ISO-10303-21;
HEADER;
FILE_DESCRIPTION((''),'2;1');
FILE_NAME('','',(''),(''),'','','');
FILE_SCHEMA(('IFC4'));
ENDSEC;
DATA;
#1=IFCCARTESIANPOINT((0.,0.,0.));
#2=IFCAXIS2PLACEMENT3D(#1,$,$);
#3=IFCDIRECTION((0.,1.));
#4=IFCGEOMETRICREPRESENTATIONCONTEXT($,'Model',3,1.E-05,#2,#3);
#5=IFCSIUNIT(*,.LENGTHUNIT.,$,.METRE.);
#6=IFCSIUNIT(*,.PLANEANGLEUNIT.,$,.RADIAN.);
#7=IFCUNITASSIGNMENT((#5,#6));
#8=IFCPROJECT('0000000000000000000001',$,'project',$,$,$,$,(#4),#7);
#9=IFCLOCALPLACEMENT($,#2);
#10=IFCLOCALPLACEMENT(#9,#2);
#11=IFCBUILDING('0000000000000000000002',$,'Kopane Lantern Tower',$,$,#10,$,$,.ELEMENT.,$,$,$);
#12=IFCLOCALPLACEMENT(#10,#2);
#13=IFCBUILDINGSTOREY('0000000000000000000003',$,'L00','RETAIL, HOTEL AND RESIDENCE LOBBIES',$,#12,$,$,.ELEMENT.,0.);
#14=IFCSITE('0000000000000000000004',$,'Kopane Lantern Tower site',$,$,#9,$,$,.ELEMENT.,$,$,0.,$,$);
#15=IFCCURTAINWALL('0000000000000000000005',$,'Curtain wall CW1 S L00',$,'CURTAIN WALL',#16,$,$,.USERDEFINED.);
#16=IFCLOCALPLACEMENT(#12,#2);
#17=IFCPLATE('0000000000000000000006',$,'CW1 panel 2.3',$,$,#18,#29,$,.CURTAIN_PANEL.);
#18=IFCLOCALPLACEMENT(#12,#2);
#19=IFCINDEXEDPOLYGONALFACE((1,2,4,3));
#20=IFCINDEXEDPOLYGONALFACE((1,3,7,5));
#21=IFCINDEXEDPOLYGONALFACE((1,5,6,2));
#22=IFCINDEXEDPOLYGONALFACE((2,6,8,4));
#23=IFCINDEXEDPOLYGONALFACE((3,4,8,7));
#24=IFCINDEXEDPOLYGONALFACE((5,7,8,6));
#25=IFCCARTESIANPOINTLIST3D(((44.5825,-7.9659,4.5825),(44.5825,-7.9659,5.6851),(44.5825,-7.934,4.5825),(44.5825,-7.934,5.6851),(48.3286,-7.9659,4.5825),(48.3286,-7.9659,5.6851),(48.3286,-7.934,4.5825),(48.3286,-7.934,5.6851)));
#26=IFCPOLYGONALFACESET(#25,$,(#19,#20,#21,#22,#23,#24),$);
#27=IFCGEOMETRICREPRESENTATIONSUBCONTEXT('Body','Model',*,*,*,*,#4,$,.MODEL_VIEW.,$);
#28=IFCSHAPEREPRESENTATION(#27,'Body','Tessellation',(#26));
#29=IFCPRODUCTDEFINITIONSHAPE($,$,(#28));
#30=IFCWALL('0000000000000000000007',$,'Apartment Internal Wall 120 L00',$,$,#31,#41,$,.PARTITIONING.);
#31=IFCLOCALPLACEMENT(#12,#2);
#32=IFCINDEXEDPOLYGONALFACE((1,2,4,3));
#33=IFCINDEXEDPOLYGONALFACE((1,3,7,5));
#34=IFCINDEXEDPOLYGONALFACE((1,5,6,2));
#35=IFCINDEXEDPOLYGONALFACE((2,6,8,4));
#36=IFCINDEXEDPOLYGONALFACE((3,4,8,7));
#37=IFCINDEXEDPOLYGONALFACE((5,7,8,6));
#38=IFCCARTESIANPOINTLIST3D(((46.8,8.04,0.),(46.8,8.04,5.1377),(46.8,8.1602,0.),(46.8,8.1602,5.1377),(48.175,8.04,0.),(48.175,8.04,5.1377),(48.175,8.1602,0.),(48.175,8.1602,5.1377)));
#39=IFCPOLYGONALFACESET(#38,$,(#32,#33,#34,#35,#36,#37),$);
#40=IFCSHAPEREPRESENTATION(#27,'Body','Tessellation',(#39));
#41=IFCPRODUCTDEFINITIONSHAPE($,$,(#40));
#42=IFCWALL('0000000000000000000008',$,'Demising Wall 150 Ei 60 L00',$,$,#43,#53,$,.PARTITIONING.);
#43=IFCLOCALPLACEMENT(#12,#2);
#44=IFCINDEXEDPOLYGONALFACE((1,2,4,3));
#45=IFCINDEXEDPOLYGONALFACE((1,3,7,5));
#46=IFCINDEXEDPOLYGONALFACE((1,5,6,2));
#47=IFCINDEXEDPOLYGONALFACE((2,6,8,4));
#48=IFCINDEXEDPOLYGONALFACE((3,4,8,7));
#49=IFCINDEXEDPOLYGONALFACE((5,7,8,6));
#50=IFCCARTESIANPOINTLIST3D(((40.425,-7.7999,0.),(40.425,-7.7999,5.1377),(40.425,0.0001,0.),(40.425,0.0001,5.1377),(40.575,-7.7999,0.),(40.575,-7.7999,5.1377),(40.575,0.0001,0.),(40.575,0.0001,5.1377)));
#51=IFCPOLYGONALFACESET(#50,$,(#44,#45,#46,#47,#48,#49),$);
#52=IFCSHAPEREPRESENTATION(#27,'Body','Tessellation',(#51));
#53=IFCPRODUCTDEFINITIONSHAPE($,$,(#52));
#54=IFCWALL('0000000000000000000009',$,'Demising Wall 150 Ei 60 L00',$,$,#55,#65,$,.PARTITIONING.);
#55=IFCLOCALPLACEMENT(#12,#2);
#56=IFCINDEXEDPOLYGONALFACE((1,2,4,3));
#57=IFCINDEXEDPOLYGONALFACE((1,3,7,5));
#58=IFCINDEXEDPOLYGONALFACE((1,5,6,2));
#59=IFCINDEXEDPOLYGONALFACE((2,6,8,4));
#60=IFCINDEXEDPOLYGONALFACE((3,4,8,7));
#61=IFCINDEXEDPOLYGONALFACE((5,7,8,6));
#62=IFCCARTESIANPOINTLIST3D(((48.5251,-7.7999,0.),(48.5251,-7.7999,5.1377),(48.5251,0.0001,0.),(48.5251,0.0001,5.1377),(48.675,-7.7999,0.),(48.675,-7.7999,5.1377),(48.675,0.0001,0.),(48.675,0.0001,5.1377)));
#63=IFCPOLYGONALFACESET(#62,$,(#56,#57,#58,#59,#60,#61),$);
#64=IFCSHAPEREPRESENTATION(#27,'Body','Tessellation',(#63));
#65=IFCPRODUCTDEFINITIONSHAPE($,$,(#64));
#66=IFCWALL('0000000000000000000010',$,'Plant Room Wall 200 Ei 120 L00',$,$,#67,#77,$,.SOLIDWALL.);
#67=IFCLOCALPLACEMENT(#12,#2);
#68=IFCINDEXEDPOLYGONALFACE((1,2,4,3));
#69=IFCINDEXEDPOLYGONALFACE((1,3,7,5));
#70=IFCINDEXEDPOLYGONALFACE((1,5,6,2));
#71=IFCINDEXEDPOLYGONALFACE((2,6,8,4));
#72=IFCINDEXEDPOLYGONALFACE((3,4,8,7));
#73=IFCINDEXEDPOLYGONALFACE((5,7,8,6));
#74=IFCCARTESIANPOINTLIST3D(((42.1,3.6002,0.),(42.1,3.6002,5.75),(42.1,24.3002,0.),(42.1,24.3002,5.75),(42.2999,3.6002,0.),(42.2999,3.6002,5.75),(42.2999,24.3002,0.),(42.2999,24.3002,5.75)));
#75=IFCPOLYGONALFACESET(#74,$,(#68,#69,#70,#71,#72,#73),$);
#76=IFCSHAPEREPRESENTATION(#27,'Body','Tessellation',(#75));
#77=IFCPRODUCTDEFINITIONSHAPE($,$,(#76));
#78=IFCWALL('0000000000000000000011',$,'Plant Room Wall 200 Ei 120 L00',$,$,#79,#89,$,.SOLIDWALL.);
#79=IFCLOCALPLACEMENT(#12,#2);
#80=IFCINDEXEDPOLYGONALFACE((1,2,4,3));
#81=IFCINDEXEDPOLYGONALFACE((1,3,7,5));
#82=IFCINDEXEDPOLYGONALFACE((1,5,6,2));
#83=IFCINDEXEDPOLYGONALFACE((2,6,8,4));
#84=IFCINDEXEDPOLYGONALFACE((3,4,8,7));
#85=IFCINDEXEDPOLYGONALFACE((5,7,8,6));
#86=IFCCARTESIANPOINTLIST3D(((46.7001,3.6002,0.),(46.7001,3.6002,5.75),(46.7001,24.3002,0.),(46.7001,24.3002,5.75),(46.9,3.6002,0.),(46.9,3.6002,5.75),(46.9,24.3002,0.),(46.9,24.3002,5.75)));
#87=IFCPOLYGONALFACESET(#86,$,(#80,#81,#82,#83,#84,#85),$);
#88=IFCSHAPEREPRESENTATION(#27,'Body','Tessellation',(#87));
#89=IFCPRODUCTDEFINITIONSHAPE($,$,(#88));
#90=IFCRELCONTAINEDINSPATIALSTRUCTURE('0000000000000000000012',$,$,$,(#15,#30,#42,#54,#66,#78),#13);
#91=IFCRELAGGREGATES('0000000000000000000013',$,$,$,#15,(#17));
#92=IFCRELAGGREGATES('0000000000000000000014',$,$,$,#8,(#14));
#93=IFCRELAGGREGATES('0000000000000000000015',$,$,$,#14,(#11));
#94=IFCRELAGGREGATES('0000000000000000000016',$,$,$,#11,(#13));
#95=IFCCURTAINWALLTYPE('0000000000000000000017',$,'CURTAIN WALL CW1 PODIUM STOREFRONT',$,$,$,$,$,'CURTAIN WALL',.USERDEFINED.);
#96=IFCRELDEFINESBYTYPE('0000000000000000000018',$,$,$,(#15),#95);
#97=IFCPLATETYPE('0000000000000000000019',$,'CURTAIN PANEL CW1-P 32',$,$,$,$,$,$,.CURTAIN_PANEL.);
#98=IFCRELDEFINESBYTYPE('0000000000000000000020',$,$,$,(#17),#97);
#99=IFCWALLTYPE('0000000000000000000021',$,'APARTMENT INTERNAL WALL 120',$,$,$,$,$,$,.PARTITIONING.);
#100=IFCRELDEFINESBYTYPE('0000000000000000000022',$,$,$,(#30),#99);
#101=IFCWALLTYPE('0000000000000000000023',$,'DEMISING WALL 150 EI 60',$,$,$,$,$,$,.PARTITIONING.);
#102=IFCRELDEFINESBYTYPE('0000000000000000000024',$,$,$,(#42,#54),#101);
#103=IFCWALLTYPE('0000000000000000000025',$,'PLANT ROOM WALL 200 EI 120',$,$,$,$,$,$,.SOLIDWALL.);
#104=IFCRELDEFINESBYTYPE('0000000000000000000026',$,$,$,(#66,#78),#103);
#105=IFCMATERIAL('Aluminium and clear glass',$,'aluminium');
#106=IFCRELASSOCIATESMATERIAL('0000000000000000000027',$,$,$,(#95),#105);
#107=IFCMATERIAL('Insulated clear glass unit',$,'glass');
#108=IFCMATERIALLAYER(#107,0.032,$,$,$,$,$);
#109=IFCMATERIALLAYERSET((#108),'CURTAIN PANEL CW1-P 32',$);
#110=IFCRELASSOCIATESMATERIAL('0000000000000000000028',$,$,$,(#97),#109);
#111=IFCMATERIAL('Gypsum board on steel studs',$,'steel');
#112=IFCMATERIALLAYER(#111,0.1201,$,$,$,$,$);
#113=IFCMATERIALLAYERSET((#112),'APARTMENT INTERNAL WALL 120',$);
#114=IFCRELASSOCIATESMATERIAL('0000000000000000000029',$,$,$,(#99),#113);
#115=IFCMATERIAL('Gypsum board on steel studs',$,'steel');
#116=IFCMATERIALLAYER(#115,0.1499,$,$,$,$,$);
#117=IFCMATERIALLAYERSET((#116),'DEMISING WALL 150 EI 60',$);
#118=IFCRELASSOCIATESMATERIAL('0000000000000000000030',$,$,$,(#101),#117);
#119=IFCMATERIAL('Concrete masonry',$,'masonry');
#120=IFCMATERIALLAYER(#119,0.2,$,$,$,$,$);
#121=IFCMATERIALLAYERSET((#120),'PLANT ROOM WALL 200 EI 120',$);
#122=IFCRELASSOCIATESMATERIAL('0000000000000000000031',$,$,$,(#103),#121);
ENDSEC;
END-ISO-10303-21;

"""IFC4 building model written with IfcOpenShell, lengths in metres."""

from ifc_helpers import new_model, si_unit, direction, frame, frame_2d, origin, origin_2d, place, context, subcontext, project, spatial, rectangle, extrude, material, layer, layer_set, type_object, element, aggregate, save


model = new_model("IFC4")

# Units and contexts
model_context = context("Model", 3, precision=1e-05, world=origin(), true_north=direction((0.0, 1.0)))
body_context = subcontext(model_context, "Body", "Model", "MODEL_VIEW")
ifc_project = project(units=[si_unit("LENGTHUNIT", "METRE"), si_unit("PLANEANGLEUNIT", "RADIAN")], contexts=[model_context])

# Site, building, storey
site_placement = place(None, origin())
site = spatial("IfcSite", under=ifc_project, at=site_placement, Name="Kopane Lantern Tower site", CompositionType="ELEMENT", RefElevation=0.0)
building_placement = place(site_placement, origin())
building = spatial("IfcBuilding", under=site, at=building_placement, Name="Kopane Lantern Tower", CompositionType="ELEMENT")
storey_placement = place(building_placement, origin())
storey = spatial("IfcBuildingStorey", under=building, at=storey_placement, Name="L00", Description="RETAIL, HOTEL AND RESIDENCE LOBBIES", CompositionType="ELEMENT", Elevation=0.0)

# Curtain wall
ifc_material_1 = material(Name="Aluminium and clear glass", Category="aluminium")
curtain_wall_type = type_object("IfcCurtainWallType", Name="CURTAIN WALL CW1 PODIUM STOREFRONT", ElementType="CURTAIN WALL", PredefinedType="USERDEFINED", material=ifc_material_1)
curtain_wall_1_placement = place(storey_placement, origin())
curtain_wall_1 = element("IfcCurtainWall", 1, at=curtain_wall_1_placement, inside=storey, type_object=curtain_wall_type, Name="Curtain wall CW1 S L00", ObjectType="CURTAIN WALL", PredefinedType="USERDEFINED")

# Plate
ifc_material_2 = material(Name="Insulated clear glass unit", Category="glass")
ifc_layer_1 = layer(ifc_material_2, 0.032)
ifc_layer_set_1 = layer_set([ifc_layer_1], Name="CURTAIN PANEL CW1-P 32")
plate_type = type_object("IfcPlateType", Name="CURTAIN PANEL CW1-P 32", PredefinedType="CURTAIN_PANEL", material=ifc_layer_set_1)
plate_1_placement = place(storey_placement, frame((46.4556, -7.95, 4.5825), z_axis=(0.0, 0.0, 1.0), x_axis=(1.0, 0.0, 0.0)))
plate_1 = element("IfcPlate", 2, at=plate_1_placement, type_object=plate_type, Name="CW1 panel 2.3", PredefinedType="CURTAIN_PANEL", context=body_context, shape_type="SweptSolid", body=[
    extrude(rectangle(XDim=3.7461, YDim=0.032, at=origin_2d()), origin(), (0.0, 0.0, 1.0), 1.1025),
])
aggregate(curtain_wall_1, [plate_1])

# Walls
ifc_material_3 = material(Name="Gypsum board on steel studs", Category="steel")
ifc_layer_2 = layer(ifc_material_3, 0.1201)
ifc_layer_set_2 = layer_set([ifc_layer_2], Name="APARTMENT INTERNAL WALL 120")
wall_type_1 = type_object("IfcWallType", Name="APARTMENT INTERNAL WALL 120", PredefinedType="PARTITIONING", material=ifc_layer_set_2)
wall_placement = place(storey_placement, frame((46.8, 8.1001, 0.0), z_axis=(0.0, 0.0, 1.0), x_axis=(1.0, 0.0, 0.0)))
element("IfcWall", 3, at=wall_placement, inside=storey, type_object=wall_type_1, Name="Apartment Internal Wall 120 L00", PredefinedType="PARTITIONING", context=body_context, shape_type="SweptSolid", body=[
    extrude(rectangle(XDim=1.375, YDim=0.1201, at=frame_2d((0.6875, 0.0))), origin(), (0.0, 0.0, 1.0), 5.1377),
])
ifc_material_4 = material(Name="Gypsum board on steel studs", Category="steel")
ifc_layer_3 = layer(ifc_material_4, 0.1499)
ifc_layer_set_3 = layer_set([ifc_layer_3], Name="DEMISING WALL 150 EI 60")
wall_type_2 = type_object("IfcWallType", Name="DEMISING WALL 150 EI 60", PredefinedType="PARTITIONING", material=ifc_layer_set_3)
for number, where, z_axis, x_axis, name in (
    (4, (40.5, 0.0, 0.0), (0.0, 0.0, 1.0), (0.0, -1.0, 0.0), "Demising Wall 150 Ei 60 L00"),
    (5, (48.6001, 0.0, 0.0), (0.0, 0.0, 1.0), (0.0, -1.0, 0.0), "Demising Wall 150 Ei 60 L00"),
):
    element("IfcWall", number, at=place(storey_placement, frame(where, z_axis=z_axis, x_axis=x_axis)), inside=storey, type_object=wall_type_2, Name=name, PredefinedType="PARTITIONING", context=body_context, shape_type="SweptSolid", body=[
        extrude(rectangle(XDim=7.8, YDim=0.1499, at=frame_2d((3.8999, 0.0))), origin(), (0.0, 0.0, 1.0), 5.1377),
    ])
ifc_material_5 = material(Name="Concrete masonry", Category="masonry")
ifc_layer_4 = layer(ifc_material_5, 0.2)
ifc_layer_set_4 = layer_set([ifc_layer_4], Name="PLANT ROOM WALL 200 EI 120")
wall_type_3 = type_object("IfcWallType", Name="PLANT ROOM WALL 200 EI 120", PredefinedType="SOLIDWALL", material=ifc_layer_set_4)
for number, where, z_axis, x_axis, name in (
    (6, (42.2, 3.6001, 0.0), (0.0, 0.0, 1.0), (0.0, 1.0, 0.0), "Plant Room Wall 200 Ei 120 L00"),
    (7, (46.8, 3.6001, 0.0), (0.0, 0.0, 1.0), (0.0, 1.0, 0.0), "Plant Room Wall 200 Ei 120 L00"),
):
    element("IfcWall", number, at=place(storey_placement, frame(where, z_axis=z_axis, x_axis=x_axis)), inside=storey, type_object=wall_type_3, Name=name, PredefinedType="SOLIDWALL", context=body_context, shape_type="SweptSolid", body=[
        extrude(rectangle(XDim=20.7, YDim=0.2, at=frame_2d((10.3501, 0.0))), origin(), (0.0, 0.0, 1.0), 5.75),
    ])

save(model, "model.ifc")
